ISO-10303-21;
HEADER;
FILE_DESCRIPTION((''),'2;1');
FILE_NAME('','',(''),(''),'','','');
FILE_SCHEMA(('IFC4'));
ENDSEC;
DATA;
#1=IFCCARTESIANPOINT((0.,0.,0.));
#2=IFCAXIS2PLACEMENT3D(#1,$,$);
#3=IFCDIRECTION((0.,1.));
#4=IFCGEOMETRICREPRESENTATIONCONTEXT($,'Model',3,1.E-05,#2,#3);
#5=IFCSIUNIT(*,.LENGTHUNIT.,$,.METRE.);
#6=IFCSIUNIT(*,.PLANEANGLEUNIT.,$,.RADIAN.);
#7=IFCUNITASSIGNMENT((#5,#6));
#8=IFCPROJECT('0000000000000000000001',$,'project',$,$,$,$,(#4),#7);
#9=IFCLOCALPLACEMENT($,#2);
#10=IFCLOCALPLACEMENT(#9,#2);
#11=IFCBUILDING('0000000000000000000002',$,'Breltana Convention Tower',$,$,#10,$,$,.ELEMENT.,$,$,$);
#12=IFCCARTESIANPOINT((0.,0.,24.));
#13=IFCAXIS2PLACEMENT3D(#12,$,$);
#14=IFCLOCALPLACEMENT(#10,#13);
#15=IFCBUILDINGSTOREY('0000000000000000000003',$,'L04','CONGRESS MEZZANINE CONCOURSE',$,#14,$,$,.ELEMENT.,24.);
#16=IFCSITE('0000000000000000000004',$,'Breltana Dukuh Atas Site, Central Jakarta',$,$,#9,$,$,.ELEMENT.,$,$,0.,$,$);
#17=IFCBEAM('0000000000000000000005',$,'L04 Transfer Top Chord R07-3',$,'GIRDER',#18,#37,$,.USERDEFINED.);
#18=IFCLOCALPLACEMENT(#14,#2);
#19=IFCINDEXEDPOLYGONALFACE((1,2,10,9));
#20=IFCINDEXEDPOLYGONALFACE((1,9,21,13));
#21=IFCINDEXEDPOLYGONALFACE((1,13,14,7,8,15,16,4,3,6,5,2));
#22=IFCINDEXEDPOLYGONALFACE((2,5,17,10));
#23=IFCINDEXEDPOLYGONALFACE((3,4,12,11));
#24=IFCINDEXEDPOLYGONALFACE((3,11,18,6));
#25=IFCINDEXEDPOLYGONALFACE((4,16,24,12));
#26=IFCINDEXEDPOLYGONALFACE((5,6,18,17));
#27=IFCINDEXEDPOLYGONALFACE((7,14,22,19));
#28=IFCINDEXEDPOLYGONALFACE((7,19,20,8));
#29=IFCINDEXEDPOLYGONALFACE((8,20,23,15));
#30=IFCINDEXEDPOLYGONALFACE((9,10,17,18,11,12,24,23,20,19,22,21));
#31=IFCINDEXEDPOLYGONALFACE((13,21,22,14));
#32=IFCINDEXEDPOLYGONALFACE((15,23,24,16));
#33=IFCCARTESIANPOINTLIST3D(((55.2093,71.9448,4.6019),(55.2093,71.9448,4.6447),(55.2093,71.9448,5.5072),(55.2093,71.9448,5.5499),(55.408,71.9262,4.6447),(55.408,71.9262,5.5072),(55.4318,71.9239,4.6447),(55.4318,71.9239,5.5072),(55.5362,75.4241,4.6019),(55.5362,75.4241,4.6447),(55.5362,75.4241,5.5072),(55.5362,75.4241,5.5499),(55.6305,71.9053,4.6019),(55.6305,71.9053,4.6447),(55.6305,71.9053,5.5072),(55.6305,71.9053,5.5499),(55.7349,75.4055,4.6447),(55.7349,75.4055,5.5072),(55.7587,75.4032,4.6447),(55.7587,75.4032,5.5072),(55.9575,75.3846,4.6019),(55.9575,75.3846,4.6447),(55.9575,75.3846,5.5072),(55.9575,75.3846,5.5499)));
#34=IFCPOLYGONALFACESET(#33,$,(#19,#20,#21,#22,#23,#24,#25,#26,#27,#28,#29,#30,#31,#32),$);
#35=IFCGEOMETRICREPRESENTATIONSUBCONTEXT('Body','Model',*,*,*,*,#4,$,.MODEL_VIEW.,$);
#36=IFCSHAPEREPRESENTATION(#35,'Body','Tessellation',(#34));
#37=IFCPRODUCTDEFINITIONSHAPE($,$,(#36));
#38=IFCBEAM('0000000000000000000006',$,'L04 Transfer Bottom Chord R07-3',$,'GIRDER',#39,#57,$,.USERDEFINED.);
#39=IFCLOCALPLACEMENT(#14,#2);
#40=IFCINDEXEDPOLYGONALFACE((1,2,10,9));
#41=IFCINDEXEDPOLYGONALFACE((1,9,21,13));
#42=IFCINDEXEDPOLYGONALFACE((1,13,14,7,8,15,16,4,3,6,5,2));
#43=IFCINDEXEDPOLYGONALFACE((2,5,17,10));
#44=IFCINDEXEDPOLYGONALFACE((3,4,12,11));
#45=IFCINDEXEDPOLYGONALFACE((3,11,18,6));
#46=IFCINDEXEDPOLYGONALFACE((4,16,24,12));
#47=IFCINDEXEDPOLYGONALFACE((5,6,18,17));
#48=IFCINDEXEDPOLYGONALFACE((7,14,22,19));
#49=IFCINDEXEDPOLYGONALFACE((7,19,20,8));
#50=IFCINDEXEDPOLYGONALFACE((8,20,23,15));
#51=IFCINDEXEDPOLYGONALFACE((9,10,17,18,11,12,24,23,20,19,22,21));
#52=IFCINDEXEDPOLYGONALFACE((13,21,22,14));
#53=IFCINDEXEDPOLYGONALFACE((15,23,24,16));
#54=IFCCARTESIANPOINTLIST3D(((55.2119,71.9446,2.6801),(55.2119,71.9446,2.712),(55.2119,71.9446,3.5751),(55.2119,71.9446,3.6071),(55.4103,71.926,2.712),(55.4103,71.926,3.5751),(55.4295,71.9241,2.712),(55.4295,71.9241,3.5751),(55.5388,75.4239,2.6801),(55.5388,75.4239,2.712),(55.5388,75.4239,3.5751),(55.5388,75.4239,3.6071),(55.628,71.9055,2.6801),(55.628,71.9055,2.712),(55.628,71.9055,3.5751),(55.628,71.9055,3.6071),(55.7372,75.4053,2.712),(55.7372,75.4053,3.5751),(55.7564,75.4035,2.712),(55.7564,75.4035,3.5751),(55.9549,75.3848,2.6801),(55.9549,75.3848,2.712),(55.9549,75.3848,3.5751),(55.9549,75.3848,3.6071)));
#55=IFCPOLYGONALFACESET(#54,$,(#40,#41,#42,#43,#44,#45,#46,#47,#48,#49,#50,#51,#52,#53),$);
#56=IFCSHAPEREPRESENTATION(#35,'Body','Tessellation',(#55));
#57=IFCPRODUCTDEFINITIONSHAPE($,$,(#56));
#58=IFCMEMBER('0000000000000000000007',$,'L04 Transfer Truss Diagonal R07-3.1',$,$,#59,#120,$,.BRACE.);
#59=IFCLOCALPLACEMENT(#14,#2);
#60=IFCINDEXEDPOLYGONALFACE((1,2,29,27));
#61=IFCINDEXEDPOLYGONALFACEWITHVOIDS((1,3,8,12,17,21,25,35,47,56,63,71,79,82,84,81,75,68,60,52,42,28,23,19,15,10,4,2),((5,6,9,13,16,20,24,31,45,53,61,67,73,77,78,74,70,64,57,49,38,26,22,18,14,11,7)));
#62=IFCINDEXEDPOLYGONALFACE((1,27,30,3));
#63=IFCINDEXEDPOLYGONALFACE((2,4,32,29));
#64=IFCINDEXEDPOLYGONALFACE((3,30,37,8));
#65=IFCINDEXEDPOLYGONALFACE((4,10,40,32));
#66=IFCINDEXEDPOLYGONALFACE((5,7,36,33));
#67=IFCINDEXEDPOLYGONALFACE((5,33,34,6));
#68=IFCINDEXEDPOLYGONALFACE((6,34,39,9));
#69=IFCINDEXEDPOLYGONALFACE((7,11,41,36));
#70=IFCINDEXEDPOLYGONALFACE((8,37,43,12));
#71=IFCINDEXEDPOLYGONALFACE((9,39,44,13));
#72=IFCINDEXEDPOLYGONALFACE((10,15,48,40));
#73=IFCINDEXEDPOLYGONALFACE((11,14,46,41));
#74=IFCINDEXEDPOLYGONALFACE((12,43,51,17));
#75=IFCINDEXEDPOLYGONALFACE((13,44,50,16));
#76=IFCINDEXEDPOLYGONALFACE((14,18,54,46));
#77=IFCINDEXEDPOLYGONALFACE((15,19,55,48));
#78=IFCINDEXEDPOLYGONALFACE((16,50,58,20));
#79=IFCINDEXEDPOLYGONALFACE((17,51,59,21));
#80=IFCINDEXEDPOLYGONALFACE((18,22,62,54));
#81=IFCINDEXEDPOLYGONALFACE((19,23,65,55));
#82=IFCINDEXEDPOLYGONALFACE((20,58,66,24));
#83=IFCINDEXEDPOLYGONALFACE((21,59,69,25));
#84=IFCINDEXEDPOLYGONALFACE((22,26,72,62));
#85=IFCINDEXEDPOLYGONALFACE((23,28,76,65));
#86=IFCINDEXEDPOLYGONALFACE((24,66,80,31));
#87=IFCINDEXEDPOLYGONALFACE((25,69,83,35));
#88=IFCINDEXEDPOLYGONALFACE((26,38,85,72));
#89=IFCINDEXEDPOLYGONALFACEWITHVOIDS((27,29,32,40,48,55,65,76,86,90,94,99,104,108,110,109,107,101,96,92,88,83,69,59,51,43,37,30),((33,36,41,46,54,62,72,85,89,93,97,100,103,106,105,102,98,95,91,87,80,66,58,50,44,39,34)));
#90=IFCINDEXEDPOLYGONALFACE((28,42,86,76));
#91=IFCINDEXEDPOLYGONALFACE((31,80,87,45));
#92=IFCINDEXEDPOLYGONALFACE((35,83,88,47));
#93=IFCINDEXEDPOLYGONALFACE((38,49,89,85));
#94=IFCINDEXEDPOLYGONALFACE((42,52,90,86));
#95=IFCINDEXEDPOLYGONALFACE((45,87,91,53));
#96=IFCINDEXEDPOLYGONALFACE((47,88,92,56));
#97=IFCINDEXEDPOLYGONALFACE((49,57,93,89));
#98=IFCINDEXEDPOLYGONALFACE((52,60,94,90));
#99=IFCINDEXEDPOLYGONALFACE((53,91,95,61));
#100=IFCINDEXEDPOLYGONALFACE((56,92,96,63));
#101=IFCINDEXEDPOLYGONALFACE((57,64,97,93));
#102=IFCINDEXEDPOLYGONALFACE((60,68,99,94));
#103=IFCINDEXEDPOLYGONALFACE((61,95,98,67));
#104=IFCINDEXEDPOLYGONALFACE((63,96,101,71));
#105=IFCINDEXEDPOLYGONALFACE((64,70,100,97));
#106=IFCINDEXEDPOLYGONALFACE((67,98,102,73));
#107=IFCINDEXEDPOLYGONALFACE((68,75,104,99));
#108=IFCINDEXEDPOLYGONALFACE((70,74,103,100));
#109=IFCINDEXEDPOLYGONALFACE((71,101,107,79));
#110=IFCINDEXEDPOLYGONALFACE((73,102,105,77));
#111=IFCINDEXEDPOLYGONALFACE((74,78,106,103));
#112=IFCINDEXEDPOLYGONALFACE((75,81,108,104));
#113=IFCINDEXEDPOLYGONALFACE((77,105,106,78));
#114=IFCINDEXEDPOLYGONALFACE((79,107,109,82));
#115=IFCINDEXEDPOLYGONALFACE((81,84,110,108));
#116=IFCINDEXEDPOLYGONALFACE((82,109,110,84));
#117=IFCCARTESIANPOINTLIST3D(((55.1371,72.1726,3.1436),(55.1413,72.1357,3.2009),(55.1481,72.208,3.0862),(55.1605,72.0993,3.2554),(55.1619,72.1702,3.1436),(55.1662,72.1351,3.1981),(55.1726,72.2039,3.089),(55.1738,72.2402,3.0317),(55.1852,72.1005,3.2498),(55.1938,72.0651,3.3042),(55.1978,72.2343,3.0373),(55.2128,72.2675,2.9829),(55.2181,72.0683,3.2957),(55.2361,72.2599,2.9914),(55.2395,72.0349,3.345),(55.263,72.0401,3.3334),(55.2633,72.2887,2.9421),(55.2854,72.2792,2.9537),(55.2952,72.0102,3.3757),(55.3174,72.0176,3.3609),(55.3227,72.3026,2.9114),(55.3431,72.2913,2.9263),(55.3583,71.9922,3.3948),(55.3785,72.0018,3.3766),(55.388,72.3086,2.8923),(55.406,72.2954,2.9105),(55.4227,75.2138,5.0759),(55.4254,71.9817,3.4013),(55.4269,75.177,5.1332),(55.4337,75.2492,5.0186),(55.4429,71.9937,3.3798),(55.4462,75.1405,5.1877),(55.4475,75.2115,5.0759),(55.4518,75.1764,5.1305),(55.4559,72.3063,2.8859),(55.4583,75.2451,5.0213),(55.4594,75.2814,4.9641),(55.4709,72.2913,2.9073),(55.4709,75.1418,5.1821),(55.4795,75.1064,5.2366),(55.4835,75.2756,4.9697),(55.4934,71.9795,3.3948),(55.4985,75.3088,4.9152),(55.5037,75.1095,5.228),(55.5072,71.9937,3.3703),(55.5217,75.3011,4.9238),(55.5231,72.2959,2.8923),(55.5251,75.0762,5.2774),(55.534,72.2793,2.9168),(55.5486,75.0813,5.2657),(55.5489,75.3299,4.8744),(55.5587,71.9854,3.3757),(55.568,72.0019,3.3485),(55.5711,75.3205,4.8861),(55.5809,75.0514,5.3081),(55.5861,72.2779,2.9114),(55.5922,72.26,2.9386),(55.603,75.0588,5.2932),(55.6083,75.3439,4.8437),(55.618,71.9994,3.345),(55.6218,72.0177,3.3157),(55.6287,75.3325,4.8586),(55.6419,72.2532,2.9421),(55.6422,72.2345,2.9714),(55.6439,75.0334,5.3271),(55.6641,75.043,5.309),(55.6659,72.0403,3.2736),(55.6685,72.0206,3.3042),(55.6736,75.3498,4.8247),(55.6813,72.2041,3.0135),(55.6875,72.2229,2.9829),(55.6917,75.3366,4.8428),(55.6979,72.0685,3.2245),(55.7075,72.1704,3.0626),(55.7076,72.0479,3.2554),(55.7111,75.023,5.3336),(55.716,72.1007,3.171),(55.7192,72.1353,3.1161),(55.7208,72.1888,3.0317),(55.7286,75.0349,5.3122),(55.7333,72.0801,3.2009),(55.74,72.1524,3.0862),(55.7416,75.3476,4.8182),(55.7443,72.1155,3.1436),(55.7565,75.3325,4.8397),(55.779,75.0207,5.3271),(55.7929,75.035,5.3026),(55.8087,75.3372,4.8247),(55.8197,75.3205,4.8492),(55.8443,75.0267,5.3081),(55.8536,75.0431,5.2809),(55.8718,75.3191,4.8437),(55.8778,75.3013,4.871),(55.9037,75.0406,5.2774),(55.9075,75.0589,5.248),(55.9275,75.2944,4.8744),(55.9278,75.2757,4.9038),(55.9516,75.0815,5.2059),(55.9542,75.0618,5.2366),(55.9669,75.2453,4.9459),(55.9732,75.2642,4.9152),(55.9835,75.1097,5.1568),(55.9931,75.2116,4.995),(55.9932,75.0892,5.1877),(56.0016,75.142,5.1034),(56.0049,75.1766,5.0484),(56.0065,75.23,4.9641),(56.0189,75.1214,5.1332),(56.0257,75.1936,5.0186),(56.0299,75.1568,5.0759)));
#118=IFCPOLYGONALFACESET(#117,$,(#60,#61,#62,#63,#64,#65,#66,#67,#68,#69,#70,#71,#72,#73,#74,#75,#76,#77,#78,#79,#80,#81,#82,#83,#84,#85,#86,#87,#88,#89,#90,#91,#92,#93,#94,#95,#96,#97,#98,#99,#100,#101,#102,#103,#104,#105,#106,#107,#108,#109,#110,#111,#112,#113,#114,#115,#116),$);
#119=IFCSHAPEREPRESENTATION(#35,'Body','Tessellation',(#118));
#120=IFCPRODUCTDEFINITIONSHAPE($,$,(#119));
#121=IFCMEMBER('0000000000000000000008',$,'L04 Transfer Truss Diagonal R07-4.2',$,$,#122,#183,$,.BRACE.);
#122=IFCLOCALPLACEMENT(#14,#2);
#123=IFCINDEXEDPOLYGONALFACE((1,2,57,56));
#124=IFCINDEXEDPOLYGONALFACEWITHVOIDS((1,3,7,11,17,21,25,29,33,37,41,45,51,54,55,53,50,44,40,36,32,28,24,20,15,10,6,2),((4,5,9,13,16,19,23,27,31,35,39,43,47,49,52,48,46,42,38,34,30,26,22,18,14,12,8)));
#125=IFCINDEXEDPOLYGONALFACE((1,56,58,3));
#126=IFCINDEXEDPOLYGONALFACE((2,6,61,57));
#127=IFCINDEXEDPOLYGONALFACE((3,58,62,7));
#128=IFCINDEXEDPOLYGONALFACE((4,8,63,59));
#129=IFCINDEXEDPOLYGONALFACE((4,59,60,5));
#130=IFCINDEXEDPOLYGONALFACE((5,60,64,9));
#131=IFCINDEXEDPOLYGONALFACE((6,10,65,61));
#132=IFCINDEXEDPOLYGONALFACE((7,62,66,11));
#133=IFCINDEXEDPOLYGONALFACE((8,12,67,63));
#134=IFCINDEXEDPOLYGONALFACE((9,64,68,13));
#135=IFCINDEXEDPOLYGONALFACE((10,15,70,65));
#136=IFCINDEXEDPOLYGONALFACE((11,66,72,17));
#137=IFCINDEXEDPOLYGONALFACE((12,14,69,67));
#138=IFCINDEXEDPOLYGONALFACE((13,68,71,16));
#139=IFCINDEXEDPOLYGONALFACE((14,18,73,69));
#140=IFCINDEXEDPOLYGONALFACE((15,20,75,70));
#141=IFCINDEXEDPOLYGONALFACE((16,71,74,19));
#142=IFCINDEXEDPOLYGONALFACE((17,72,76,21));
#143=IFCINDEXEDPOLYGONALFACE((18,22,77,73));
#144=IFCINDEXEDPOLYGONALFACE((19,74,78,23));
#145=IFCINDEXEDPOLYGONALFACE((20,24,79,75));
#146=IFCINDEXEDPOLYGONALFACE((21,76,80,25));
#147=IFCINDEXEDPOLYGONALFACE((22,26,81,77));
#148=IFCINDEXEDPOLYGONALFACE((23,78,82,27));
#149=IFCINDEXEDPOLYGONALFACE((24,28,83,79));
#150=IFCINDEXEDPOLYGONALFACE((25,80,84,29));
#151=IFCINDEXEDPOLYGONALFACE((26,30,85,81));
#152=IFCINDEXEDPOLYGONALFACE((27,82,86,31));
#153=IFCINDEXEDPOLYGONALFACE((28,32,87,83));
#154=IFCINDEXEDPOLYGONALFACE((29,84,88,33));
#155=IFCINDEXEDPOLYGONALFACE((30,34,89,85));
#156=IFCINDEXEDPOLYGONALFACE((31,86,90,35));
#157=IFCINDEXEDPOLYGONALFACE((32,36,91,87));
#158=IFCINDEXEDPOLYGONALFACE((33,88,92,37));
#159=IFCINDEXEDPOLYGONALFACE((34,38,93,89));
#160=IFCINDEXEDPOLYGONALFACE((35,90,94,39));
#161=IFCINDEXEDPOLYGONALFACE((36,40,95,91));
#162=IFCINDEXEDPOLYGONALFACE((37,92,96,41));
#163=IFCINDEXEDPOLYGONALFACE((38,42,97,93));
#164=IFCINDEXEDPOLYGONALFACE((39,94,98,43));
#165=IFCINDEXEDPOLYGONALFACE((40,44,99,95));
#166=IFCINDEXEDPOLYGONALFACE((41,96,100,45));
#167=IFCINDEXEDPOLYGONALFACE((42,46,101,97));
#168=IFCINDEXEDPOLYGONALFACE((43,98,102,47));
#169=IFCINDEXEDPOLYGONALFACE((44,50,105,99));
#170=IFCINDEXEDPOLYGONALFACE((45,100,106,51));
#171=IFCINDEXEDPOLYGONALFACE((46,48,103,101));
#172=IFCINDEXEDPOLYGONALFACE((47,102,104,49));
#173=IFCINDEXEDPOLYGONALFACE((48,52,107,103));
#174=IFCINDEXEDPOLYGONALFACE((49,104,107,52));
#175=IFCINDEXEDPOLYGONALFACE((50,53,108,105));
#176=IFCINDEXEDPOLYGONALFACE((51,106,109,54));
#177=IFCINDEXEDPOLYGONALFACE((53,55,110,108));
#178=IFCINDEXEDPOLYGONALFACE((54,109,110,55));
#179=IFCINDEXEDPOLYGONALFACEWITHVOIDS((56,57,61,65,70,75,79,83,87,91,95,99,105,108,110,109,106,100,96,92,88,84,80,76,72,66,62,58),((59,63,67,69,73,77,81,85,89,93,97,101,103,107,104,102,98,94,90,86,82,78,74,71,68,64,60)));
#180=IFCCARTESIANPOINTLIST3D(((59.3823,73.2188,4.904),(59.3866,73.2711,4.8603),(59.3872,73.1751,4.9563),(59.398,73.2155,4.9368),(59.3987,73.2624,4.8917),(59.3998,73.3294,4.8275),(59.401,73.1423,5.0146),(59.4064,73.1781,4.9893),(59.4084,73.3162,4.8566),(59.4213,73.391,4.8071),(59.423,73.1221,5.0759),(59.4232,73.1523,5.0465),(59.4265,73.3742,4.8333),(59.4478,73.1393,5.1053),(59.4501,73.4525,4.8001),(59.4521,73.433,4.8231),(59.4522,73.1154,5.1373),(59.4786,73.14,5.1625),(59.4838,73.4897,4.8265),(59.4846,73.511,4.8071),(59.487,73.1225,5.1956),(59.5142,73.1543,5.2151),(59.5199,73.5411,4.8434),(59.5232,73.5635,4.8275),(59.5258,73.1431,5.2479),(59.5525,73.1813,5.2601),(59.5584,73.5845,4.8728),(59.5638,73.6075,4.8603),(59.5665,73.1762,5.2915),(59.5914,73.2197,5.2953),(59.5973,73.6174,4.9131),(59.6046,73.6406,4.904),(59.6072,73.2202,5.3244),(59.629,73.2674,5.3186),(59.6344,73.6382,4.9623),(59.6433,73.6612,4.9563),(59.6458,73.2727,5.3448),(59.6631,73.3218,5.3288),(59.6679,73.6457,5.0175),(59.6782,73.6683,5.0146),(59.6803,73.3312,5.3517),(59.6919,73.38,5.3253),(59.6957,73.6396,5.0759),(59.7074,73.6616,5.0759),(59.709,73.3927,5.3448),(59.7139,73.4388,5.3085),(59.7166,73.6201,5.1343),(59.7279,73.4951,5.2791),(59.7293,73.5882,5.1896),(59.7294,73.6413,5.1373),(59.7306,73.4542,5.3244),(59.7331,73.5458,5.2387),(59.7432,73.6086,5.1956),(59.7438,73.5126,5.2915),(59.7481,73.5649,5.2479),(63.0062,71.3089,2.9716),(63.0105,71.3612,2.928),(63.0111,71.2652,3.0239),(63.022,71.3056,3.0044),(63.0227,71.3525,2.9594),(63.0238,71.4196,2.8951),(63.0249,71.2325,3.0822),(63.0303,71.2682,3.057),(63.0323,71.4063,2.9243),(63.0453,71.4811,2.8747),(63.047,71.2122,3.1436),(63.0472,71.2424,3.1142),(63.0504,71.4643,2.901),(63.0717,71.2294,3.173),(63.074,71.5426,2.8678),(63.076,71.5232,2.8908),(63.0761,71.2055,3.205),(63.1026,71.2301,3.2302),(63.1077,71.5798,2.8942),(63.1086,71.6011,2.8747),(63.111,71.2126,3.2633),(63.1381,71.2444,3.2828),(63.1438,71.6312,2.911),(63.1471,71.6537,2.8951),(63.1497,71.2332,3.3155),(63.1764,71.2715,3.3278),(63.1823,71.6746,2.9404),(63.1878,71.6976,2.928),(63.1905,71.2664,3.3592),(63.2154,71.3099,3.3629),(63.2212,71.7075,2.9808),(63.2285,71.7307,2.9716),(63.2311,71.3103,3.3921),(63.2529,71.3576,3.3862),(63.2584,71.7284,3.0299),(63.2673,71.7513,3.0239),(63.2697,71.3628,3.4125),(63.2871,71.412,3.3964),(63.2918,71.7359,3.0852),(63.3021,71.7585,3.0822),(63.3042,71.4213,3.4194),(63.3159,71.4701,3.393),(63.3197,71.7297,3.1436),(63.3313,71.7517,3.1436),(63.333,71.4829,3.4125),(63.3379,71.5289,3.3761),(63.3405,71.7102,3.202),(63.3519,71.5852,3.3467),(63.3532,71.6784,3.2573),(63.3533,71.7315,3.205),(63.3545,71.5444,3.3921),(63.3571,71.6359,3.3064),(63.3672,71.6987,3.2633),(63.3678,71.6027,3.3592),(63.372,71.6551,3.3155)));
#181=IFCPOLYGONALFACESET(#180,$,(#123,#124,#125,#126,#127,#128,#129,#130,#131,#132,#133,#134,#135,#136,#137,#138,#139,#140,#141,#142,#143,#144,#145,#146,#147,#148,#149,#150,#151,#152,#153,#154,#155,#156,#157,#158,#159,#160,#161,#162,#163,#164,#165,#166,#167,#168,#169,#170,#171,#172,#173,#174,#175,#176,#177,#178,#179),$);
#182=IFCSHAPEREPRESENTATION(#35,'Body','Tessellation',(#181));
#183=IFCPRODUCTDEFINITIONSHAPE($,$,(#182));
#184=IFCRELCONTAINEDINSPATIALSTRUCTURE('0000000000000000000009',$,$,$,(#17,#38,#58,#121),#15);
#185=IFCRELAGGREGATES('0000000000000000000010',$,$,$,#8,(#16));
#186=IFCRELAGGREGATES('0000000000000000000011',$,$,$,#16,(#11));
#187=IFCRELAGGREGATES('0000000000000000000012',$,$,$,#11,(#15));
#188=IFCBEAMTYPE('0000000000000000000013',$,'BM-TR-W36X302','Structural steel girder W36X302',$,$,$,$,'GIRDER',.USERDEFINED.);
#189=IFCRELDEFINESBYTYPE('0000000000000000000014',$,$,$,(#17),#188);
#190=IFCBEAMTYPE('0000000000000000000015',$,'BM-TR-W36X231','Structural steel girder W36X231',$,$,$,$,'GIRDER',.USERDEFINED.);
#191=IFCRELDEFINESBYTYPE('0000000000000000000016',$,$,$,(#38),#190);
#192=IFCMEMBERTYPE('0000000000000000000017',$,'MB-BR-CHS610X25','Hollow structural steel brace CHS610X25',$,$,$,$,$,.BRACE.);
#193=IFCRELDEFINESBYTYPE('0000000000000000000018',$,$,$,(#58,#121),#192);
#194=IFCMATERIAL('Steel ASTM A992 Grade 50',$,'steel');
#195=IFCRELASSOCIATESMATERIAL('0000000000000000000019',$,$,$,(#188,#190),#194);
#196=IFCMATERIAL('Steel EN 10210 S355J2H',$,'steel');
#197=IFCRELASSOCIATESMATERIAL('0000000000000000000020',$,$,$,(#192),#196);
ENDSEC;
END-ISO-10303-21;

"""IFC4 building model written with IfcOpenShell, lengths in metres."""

from ifc_helpers import new_model, si_unit, direction, frame, origin, origin_2d, place, context, subcontext, project, spatial, hollow_circle, i_section, extrude, source, transform, mapped, material, material_profile, profile_set, type_object, element, save


model = new_model("IFC4")

# Units and contexts
model_context = context("Model", 3, precision=1e-05, world=origin(), true_north=direction((0.0, 1.0)))
body_context = subcontext(model_context, "Body", "Model", "MODEL_VIEW")
ifc_project = project(units=[si_unit("LENGTHUNIT", "METRE"), si_unit("PLANEANGLEUNIT", "RADIAN")], contexts=[model_context])

# Site, building, storey
site_placement = place(None, origin())
site = spatial("IfcSite", under=ifc_project, at=site_placement, Name="Breltana Dukuh Atas Site, Central Jakarta", CompositionType="ELEMENT", RefElevation=0.0)
building_placement = place(site_placement, origin())
building = spatial("IfcBuilding", under=site, at=building_placement, Name="Breltana Convention Tower", CompositionType="ELEMENT")
storey_placement = place(building_placement, frame((0.0, 0.0, 24.0)))
storey = spatial("IfcBuildingStorey", under=building, at=storey_placement, Name="L04", Description="CONGRESS MEZZANINE CONCOURSE", CompositionType="ELEMENT", Elevation=24.0)

# Beams
ifc_material_1 = material(Name="Steel ASTM A992 Grade 50", Category="steel")
ifc_material_profile_1 = material_profile(ifc_material_1, i_section(OverallWidth=0.4231, OverallDepth=0.948, WebThickness=0.0239, FlangeThickness=0.0427, at=origin_2d()), Name="W36X302")
ifc_profile_set_1 = profile_set([ifc_material_profile_1], Name="Steel ASTM A992 Grade 50")
beam_type_1 = type_object("IfcBeamType", Name="BM-TR-W36X302", Description="Structural steel girder W36X302", ElementType="GIRDER", PredefinedType="USERDEFINED", material=ifc_profile_set_1)
shared_shape_1 = source(origin(), body_context, "Body", "SweptSolid", [
    extrude(i_section(OverallWidth=0.4231, OverallDepth=0.948, WebThickness=0.0239, FlangeThickness=0.0427, at=origin_2d()), origin(), (0.0, 0.0, 1.0), 3.4946),
])
beam_1_placement = place(storey_placement, frame((55.4199, 71.925, 5.0759), z_axis=(0.093546, 0.995615, 0.0), x_axis=(-0.995615, 0.093546, 0.0)))
element("IfcBeam", 1, at=beam_1_placement, inside=storey, type_object=beam_type_1, Name="L04 Transfer Top Chord R07-3", ObjectType="GIRDER", PredefinedType="USERDEFINED", context=body_context, shape_type="MappedRepresentation", body=[
    mapped(shared_shape_1, transform((0.0, 0.0, 0.0), scale=1.0)),
])
ifc_material_profile_2 = material_profile(ifc_material_1, i_section(OverallWidth=0.418, OverallDepth=0.927, WebThickness=0.0193, FlangeThickness=0.032, at=origin_2d()), Name="W36X231")
ifc_profile_set_2 = profile_set([ifc_material_profile_2], Name="Steel ASTM A992 Grade 50")
beam_type_2 = type_object("IfcBeamType", Name="BM-TR-W36X231", Description="Structural steel girder W36X231", ElementType="GIRDER", PredefinedType="USERDEFINED", material=ifc_profile_set_2)
shared_shape_2 = source(origin(), body_context, "Body", "SweptSolid", [
    extrude(i_section(OverallWidth=0.418, OverallDepth=0.927, WebThickness=0.0193, FlangeThickness=0.032, at=origin_2d()), origin(), (0.0, 0.0, 1.0), 3.4946),
])
beam_2_placement = place(storey_placement, frame((55.4199, 71.925, 3.1436), z_axis=(0.093546, 0.995615, 0.0), x_axis=(-0.995615, 0.093546, 0.0)))
element("IfcBeam", 2, at=beam_2_placement, inside=storey, type_object=beam_type_2, Name="L04 Transfer Bottom Chord R07-3", ObjectType="GIRDER", PredefinedType="USERDEFINED", context=body_context, shape_type="MappedRepresentation", body=[
    mapped(shared_shape_2, transform((0.0, 0.0, 0.0), scale=1.0)),
])

# Members
ifc_material_2 = material(Name="Steel EN 10210 S355J2H", Category="steel")
ifc_material_profile_3 = material_profile(ifc_material_2, hollow_circle(Radius=0.3049, WallThickness=0.0249, at=origin_2d()), Name="CHS610X25")
ifc_profile_set_3 = profile_set([ifc_material_profile_3], Name="Steel EN 10210 S355J2H")
member_type_1 = type_object("IfcMemberType", Name="MB-BR-CHS610X25", Description="Hollow structural steel brace CHS610X25", PredefinedType="BRACE", material=ifc_profile_set_3)
shared_shape_3 = source(origin(), body_context, "Body", "SweptSolid", [
    extrude(hollow_circle(Radius=0.3049, WallThickness=0.0249, at=origin_2d()), origin(), (0.0, 0.0, 1.0), 3.6145),
])
member_1_placement = place(storey_placement, frame((55.4407, 72.144, 3.1436), z_axis=(0.079026, 0.841395, 0.534611), x_axis=(-0.995618, 0.093512, 0.0)))
element("IfcMember", 3, at=member_1_placement, inside=storey, type_object=member_type_1, Name="L04 Transfer Truss Diagonal R07-3.1", PredefinedType="BRACE", context=body_context, shape_type="MappedRepresentation", body=[
    mapped(shared_shape_3, transform((0.0, 0.0, 0.0), scale=1.0)),
])
shared_shape_4 = source(origin(), body_context, "Body", "SweptSolid", [
    extrude(hollow_circle(Radius=0.3049, WallThickness=0.0249, at=origin_2d()), origin(), (0.0, 0.0, 1.0), 4.5293),
])
member_2_placement = place(storey_placement, frame((59.5652, 73.3918, 5.0759), z_axis=(0.800113, -0.421671, -0.42663), x_axis=(0.46623, 0.884663, 0.0)))
element("IfcMember", 4, at=member_2_placement, inside=storey, type_object=member_type_1, Name="L04 Transfer Truss Diagonal R07-4.2", PredefinedType="BRACE", context=body_context, shape_type="MappedRepresentation", body=[
    mapped(shared_shape_4, transform((0.0, 0.0, 0.0), scale=1.0)),
])

save(model, "model.ifc")
